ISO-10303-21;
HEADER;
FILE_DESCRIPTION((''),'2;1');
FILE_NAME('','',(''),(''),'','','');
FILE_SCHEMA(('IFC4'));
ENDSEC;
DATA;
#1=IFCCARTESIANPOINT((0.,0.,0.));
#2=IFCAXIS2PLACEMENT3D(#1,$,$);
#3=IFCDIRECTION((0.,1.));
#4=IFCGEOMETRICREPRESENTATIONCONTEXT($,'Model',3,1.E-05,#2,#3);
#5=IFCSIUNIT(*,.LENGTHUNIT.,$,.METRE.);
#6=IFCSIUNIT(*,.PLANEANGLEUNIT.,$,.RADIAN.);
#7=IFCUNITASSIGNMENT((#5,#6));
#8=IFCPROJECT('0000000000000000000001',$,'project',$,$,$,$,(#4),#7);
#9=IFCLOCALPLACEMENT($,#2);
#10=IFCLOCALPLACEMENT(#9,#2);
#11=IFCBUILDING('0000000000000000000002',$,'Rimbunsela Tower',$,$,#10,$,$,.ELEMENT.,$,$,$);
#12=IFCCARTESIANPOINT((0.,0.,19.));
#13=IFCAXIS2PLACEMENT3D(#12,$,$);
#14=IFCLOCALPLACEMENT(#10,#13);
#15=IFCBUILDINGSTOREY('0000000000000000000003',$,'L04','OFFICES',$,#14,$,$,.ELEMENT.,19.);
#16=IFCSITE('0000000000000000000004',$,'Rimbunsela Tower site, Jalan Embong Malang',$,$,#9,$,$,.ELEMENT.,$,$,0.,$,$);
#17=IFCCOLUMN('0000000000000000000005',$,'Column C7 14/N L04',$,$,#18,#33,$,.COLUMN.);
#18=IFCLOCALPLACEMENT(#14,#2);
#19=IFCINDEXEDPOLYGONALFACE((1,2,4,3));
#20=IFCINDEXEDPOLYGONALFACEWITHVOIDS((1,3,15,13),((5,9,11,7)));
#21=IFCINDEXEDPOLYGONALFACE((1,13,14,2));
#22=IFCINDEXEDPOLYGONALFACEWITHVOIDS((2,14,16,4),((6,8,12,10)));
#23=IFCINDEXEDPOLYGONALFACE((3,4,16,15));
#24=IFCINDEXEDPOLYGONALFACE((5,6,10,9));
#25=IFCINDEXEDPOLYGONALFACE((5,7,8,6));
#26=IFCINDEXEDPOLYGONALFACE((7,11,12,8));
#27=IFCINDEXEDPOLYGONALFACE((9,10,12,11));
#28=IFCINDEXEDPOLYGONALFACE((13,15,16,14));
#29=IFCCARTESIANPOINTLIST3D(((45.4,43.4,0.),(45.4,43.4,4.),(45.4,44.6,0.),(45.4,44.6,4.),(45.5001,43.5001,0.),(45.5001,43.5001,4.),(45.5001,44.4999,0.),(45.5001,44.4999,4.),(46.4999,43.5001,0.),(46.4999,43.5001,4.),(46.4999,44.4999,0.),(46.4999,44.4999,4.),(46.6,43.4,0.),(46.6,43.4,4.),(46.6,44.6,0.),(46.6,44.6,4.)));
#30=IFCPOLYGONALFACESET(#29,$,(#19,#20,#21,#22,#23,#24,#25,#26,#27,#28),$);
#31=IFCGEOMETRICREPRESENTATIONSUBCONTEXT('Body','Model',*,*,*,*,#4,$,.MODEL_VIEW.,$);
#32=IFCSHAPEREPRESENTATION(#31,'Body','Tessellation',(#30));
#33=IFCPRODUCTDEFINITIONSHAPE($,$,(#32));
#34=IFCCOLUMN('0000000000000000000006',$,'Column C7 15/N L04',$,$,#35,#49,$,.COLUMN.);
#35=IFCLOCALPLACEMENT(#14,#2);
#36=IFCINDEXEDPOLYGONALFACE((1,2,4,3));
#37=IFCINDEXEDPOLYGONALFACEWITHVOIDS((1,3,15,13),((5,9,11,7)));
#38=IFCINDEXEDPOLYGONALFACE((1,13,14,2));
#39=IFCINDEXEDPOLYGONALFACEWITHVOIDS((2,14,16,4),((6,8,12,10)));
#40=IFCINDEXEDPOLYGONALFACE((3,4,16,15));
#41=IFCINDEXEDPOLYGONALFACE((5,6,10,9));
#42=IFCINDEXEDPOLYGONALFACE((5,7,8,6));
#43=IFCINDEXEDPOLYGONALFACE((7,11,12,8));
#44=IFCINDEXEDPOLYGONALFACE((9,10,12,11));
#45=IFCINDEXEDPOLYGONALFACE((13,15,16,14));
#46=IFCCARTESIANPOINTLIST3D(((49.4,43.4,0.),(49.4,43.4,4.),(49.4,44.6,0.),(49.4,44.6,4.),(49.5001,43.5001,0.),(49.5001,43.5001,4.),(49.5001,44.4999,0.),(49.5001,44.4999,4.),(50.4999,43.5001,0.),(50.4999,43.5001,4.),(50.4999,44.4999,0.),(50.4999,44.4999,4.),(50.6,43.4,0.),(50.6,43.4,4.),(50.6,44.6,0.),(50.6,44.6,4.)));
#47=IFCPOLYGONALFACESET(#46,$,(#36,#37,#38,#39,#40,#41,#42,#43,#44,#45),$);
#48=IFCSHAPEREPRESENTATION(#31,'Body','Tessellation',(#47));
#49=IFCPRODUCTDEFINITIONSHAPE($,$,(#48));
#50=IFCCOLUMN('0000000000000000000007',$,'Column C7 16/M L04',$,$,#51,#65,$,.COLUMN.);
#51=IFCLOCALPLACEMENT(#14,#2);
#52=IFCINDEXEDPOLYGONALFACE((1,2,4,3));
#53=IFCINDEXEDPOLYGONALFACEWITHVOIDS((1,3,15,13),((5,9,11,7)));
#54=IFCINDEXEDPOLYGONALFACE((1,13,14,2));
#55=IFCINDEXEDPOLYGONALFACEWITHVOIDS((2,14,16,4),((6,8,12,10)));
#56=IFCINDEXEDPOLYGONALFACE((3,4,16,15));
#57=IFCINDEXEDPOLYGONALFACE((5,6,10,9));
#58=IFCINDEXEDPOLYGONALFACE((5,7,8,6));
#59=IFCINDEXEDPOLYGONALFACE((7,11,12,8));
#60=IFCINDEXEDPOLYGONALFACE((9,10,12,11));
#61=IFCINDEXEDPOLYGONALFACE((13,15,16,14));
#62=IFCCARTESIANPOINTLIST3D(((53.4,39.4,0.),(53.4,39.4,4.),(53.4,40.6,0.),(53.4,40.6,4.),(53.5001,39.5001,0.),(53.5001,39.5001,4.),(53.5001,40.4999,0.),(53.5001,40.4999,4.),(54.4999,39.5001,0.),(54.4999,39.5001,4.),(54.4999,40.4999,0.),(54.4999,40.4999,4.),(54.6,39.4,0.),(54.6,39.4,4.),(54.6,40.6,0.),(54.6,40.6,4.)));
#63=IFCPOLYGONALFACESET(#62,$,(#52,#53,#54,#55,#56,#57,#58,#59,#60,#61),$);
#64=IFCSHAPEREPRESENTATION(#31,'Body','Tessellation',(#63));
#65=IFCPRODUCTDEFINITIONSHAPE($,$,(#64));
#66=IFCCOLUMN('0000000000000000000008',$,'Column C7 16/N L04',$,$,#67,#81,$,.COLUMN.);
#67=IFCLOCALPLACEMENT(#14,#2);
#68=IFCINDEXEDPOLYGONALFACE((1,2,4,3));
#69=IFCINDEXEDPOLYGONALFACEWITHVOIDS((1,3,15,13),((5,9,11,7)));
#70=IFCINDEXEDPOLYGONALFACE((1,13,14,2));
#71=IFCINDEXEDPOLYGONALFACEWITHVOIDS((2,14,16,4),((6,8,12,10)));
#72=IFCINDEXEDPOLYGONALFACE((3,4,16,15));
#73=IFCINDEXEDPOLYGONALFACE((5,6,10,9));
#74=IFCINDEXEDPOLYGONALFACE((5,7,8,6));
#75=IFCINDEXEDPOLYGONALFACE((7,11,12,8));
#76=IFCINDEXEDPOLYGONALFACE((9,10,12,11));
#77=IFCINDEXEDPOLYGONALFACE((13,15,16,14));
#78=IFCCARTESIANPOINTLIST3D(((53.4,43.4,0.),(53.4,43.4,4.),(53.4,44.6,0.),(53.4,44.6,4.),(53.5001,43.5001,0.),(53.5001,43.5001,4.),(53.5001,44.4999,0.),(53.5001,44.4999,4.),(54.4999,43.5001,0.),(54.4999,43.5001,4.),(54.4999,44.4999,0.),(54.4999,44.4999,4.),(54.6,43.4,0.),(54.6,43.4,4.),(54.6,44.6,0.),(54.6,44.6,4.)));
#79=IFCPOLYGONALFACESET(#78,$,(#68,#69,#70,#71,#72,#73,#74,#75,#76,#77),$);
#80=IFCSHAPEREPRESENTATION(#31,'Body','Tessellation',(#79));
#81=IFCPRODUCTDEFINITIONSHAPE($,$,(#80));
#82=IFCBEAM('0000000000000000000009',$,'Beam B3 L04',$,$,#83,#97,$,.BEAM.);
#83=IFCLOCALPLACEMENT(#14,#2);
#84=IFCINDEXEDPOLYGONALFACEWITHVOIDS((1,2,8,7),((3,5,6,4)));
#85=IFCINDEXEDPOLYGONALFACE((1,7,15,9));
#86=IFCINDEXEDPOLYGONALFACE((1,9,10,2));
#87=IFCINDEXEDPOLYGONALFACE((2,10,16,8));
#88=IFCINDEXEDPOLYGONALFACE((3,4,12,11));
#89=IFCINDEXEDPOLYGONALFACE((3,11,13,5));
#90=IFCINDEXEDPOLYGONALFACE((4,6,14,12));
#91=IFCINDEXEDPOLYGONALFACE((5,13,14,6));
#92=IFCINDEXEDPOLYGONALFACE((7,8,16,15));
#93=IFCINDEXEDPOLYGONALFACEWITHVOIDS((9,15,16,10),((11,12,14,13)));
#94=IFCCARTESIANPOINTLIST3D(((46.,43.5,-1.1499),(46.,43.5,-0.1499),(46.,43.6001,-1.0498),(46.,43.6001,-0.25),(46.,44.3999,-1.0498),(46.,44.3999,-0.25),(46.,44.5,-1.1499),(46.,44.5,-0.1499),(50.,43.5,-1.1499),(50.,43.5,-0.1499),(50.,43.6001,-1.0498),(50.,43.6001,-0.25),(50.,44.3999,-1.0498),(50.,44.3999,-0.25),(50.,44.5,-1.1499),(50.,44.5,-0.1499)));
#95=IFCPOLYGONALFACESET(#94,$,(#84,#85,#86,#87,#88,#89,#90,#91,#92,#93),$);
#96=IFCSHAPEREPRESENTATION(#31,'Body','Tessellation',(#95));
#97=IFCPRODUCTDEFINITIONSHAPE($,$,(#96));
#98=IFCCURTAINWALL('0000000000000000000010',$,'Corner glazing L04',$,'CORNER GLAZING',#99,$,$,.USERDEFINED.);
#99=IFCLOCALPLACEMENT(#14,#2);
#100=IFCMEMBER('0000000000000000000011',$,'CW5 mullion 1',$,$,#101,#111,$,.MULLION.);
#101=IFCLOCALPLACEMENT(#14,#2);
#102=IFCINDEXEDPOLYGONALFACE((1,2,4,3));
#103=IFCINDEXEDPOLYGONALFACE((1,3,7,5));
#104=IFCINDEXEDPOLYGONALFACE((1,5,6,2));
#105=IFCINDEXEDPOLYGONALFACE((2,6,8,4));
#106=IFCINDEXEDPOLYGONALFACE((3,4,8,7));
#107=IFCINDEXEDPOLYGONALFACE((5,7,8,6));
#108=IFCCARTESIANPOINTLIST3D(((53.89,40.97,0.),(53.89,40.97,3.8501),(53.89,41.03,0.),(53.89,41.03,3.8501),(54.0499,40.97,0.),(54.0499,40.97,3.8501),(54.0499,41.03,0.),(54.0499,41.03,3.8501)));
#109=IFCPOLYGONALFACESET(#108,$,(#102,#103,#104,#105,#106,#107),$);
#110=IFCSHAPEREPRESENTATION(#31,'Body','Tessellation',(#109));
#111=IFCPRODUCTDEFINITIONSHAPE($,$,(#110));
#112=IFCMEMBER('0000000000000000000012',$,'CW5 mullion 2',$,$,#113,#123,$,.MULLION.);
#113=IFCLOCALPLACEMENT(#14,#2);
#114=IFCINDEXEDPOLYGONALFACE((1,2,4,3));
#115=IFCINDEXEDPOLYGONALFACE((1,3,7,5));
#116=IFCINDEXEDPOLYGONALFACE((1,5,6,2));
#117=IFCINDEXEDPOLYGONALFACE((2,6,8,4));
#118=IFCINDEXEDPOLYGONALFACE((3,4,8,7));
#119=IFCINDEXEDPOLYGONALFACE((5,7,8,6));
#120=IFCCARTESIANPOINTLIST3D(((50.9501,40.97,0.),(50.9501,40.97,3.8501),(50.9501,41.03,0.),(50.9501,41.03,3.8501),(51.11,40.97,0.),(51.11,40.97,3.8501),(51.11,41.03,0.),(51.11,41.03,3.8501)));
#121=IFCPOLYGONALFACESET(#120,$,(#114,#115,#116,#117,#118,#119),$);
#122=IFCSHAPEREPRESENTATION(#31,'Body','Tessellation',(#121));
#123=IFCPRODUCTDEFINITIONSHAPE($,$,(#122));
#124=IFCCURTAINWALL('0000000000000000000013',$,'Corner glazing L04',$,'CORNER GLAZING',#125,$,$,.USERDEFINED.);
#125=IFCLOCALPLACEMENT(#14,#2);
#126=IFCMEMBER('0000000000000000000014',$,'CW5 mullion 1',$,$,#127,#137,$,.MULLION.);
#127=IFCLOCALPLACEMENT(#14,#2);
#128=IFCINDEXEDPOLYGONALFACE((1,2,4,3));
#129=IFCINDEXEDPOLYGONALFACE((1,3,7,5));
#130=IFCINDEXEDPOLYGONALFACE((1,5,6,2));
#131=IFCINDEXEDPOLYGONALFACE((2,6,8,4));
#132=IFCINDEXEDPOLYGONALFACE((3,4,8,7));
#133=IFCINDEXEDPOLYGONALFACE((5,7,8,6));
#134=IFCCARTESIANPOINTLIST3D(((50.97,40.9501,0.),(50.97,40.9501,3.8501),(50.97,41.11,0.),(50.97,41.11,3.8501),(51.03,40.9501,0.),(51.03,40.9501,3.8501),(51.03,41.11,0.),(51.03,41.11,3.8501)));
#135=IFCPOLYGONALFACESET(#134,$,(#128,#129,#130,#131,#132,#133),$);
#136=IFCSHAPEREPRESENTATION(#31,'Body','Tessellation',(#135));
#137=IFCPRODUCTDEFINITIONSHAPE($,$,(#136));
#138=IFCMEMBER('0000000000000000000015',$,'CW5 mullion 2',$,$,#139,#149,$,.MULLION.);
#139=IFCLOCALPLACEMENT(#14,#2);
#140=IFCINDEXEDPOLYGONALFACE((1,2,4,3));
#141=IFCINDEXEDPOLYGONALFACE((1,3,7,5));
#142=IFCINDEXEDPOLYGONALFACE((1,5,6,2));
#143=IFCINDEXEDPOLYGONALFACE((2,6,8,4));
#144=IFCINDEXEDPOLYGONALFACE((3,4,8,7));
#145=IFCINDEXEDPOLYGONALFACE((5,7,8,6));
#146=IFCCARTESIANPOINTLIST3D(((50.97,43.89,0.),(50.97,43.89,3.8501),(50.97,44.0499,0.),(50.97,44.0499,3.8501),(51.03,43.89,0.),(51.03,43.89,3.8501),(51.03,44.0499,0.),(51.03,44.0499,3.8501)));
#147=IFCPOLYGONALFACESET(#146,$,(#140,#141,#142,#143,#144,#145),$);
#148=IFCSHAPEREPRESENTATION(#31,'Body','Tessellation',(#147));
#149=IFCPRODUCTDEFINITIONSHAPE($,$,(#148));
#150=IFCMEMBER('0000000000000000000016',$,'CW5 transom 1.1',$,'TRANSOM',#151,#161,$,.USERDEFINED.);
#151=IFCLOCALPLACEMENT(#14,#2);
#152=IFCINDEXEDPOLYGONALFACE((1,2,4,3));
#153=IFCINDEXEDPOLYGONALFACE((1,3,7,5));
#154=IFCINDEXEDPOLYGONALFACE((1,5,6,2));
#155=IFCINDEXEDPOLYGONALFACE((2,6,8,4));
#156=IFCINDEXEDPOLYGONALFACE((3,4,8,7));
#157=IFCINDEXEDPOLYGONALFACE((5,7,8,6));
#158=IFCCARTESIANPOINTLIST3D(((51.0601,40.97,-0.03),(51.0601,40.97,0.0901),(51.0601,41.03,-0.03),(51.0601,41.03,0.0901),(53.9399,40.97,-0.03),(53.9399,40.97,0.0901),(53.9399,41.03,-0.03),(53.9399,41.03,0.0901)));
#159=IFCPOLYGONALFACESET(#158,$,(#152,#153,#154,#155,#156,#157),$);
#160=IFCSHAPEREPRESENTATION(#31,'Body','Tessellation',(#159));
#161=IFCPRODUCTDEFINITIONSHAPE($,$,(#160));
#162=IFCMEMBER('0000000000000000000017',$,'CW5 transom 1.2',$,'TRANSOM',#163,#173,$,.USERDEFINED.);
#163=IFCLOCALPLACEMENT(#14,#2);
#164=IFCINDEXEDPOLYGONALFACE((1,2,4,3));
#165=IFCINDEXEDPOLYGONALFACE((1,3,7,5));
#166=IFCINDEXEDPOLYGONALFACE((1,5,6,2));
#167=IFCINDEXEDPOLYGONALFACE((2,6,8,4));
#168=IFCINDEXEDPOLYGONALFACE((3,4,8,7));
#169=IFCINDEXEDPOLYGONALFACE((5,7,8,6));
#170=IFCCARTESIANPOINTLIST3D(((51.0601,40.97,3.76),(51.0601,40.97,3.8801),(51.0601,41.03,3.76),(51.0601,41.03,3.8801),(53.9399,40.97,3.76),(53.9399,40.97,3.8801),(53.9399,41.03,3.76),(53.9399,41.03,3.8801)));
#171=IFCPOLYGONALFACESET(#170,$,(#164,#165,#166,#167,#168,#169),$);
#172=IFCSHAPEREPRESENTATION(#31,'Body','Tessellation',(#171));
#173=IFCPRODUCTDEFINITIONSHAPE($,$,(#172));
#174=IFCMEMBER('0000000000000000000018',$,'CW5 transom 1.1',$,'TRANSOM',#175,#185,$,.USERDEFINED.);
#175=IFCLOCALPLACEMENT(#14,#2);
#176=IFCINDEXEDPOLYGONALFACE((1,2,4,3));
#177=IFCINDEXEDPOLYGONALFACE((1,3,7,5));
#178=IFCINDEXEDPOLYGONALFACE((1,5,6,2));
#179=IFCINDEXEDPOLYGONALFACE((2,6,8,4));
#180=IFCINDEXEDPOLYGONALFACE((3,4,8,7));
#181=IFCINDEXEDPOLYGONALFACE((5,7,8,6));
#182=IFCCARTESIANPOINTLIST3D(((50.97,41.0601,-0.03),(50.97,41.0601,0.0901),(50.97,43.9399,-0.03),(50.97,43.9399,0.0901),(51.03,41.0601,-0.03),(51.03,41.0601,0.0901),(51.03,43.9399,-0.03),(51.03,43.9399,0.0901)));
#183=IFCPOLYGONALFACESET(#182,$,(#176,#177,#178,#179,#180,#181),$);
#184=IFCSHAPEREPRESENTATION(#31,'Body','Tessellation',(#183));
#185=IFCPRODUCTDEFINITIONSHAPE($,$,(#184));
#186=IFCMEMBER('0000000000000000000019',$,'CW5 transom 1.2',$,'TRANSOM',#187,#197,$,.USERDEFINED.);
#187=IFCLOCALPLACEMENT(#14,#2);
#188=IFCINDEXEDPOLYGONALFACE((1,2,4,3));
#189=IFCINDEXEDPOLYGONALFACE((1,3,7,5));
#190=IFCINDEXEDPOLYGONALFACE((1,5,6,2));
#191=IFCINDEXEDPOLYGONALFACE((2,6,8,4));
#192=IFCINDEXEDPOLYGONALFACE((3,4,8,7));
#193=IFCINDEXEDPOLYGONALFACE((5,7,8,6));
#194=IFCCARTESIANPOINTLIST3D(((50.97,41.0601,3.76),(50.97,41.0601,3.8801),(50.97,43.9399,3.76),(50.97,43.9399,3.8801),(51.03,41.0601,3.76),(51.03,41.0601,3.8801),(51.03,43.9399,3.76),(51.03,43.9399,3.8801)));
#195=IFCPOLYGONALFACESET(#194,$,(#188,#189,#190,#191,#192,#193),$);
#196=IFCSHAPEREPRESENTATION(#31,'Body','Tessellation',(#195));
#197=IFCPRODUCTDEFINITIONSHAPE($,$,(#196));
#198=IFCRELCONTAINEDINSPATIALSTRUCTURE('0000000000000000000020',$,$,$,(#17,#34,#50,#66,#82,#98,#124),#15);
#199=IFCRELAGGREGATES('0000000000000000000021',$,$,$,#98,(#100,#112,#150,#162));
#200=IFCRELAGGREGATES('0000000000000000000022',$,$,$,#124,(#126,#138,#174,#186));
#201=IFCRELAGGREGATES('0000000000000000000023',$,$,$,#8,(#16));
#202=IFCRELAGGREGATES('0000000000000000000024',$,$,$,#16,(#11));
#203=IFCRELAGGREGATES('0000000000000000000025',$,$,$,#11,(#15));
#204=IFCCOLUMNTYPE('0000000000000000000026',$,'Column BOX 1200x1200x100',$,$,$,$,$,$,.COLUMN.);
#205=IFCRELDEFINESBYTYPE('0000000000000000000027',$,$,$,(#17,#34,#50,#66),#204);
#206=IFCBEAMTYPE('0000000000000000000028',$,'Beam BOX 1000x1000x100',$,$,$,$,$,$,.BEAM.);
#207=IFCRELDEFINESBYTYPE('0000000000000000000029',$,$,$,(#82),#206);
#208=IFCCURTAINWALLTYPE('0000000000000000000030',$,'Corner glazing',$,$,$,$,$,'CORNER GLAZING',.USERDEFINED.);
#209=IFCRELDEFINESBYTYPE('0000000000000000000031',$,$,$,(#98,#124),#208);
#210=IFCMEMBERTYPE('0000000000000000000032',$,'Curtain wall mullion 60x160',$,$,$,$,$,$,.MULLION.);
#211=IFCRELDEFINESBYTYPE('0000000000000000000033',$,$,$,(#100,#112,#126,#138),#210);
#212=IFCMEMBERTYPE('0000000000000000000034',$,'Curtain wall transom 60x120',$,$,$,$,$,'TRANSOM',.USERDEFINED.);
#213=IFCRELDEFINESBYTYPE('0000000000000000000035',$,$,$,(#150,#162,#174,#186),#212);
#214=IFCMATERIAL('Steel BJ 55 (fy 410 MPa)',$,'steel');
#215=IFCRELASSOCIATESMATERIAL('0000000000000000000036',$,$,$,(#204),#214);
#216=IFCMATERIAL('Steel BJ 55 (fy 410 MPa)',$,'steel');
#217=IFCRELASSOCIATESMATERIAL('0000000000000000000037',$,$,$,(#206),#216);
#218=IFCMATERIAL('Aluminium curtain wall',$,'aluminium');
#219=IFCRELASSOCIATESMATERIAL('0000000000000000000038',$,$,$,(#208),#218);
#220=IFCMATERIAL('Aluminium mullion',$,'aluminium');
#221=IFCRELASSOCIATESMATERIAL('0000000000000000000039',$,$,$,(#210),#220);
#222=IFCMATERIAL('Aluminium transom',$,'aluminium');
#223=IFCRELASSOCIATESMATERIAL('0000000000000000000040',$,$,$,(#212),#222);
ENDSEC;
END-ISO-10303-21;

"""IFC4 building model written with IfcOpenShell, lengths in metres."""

from ifc_helpers import new_model, si_unit, direction, frame, origin, origin_2d, place, context, subcontext, project, spatial, rectangle, hollow_rectangle, extrude, material, material_profile, profile_set, type_object, element, aggregate, save


model = new_model("IFC4")

# Units and contexts
model_context = context("Model", 3, precision=1e-05, world=origin(), true_north=direction((0.0, 1.0)))
body_context = subcontext(model_context, "Body", "Model", "MODEL_VIEW")
ifc_project = project(units=[si_unit("LENGTHUNIT", "METRE"), si_unit("PLANEANGLEUNIT", "RADIAN")], contexts=[model_context])

# Site, building, storey
site_placement = place(None, origin())
site = spatial("IfcSite", under=ifc_project, at=site_placement, Name="Rimbunsela Tower site, Jalan Embong Malang", CompositionType="ELEMENT", RefElevation=0.0)
building_placement = place(site_placement, origin())
building = spatial("IfcBuilding", under=site, at=building_placement, Name="Rimbunsela Tower", CompositionType="ELEMENT")
storey_placement = place(building_placement, frame((0.0, 0.0, 19.0)))
storey = spatial("IfcBuildingStorey", under=building, at=storey_placement, Name="L04", Description="OFFICES", CompositionType="ELEMENT", Elevation=19.0)

# Columns
ifc_material_1 = material(Name="Steel BJ 55 (fy 410 MPa)", Category="steel")
ifc_material_profile_1 = material_profile(ifc_material_1, hollow_rectangle(XDim=1.2, YDim=1.2, WallThickness=0.1001, at=origin_2d()), Name="BOX 1200x1200x100")
ifc_profile_set_1 = profile_set([ifc_material_profile_1], Name="Steel BJ 55 (fy 410 MPa)")
column_type = type_object("IfcColumnType", Name="Column BOX 1200x1200x100", PredefinedType="COLUMN", material=ifc_profile_set_1)
for number, where, z_axis, x_axis, name in (
    (1, (46.0, 44.0, 0.0), (0.0, 0.0, 1.0), (1.0, 0.0, 0.0), "Column C7 14/N L04"),
    (2, (50.0, 44.0, 0.0), (0.0, 0.0, 1.0), (1.0, 0.0, 0.0), "Column C7 15/N L04"),
    (3, (54.0, 40.0, 0.0), (0.0, 0.0, 1.0), (1.0, 0.0, 0.0), "Column C7 16/M L04"),
    (4, (54.0, 44.0, 0.0), (0.0, 0.0, 1.0), (1.0, 0.0, 0.0), "Column C7 16/N L04"),
):
    element("IfcColumn", number, at=place(storey_placement, frame(where, z_axis=z_axis, x_axis=x_axis)), inside=storey, type_object=column_type, Name=name, PredefinedType="COLUMN", context=body_context, shape_type="SweptSolid", body=[
        extrude(hollow_rectangle(XDim=1.2, YDim=1.2, WallThickness=0.1001, at=origin_2d()), origin(), (0.0, 0.0, 1.0), 4.0),
    ])

# Beam
ifc_material_2 = material(Name="Steel BJ 55 (fy 410 MPa)", Category="steel")
ifc_material_profile_2 = material_profile(ifc_material_2, hollow_rectangle(XDim=1.0, YDim=1.0, WallThickness=0.1001, at=origin_2d()), Name="BOX 1000x1000x100")
ifc_profile_set_2 = profile_set([ifc_material_profile_2], Name="Steel BJ 55 (fy 410 MPa)")
beam_type = type_object("IfcBeamType", Name="Beam BOX 1000x1000x100", PredefinedType="BEAM", material=ifc_profile_set_2)
beam_placement = place(storey_placement, frame((46.0, 44.0, -0.6499), z_axis=(1.0, 0.0, 0.0), x_axis=(0.0, 1.0, 0.0)))
element("IfcBeam", 5, at=beam_placement, inside=storey, type_object=beam_type, Name="Beam B3 L04", PredefinedType="BEAM", context=body_context, shape_type="SweptSolid", body=[
    extrude(hollow_rectangle(XDim=1.0, YDim=1.0, WallThickness=0.1001, at=origin_2d()), origin(), (0.0, 0.0, 1.0), 4.0),
])

# Curtain walls, members
ifc_material_3 = material(Name="Aluminium curtain wall", Category="aluminium")
curtain_wall_type = type_object("IfcCurtainWallType", Name="Corner glazing", ElementType="CORNER GLAZING", PredefinedType="USERDEFINED", material=ifc_material_3)
curtain_wall_1_placement = place(storey_placement, origin())
curtain_wall_1 = element("IfcCurtainWall", 6, at=curtain_wall_1_placement, inside=storey, type_object=curtain_wall_type, Name="Corner glazing L04", ObjectType="CORNER GLAZING", PredefinedType="USERDEFINED")
ifc_material_4 = material(Name="Aluminium mullion", Category="aluminium")
ifc_material_profile_3 = material_profile(ifc_material_4, rectangle(XDim=0.0601, YDim=0.1599, at=origin_2d()), Name="Mullion 60x160")
ifc_profile_set_3 = profile_set([ifc_material_profile_3], Name="Aluminium mullion")
member_type_1 = type_object("IfcMemberType", Name="Curtain wall mullion 60x160", PredefinedType="MULLION", material=ifc_profile_set_3)
member_1_placement = place(storey_placement, frame((53.97, 41.0, 0.0), z_axis=(0.0, 0.0, 1.0), x_axis=(0.0, -1.0, 0.0)))
member_1 = element("IfcMember", 7, at=member_1_placement, type_object=member_type_1, Name="CW5 mullion 1", PredefinedType="MULLION", context=body_context, shape_type="SweptSolid", body=[
    extrude(rectangle(XDim=0.0601, YDim=0.1599, at=origin_2d()), origin(), (0.0, 0.0, 1.0), 3.8501),
])
member_2_placement = place(storey_placement, frame((51.03, 41.0, 0.0), z_axis=(0.0, 0.0, 1.0), x_axis=(0.0, -1.0, 0.0)))
member_2 = element("IfcMember", 8, at=member_2_placement, type_object=member_type_1, Name="CW5 mullion 2", PredefinedType="MULLION", context=body_context, shape_type="SweptSolid", body=[
    extrude(rectangle(XDim=0.0601, YDim=0.1599, at=origin_2d()), origin(), (0.0, 0.0, 1.0), 3.8501),
])
curtain_wall_2_placement = place(storey_placement, origin())
curtain_wall_2 = element("IfcCurtainWall", 9, at=curtain_wall_2_placement, inside=storey, type_object=curtain_wall_type, Name="Corner glazing L04", ObjectType="CORNER GLAZING", PredefinedType="USERDEFINED")
member_3_placement = place(storey_placement, frame((51.0, 41.03, 0.0), z_axis=(0.0, 0.0, 1.0), x_axis=(-1.0, 0.0, 0.0)))
member_3 = element("IfcMember", 10, at=member_3_placement, type_object=member_type_1, Name="CW5 mullion 1", PredefinedType="MULLION", context=body_context, shape_type="SweptSolid", body=[
    extrude(rectangle(XDim=0.0601, YDim=0.1599, at=origin_2d()), origin(), (0.0, 0.0, 1.0), 3.8501),
])
member_4_placement = place(storey_placement, frame((51.0, 43.97, 0.0), z_axis=(0.0, 0.0, 1.0), x_axis=(-1.0, 0.0, 0.0)))
member_4 = element("IfcMember", 11, at=member_4_placement, type_object=member_type_1, Name="CW5 mullion 2", PredefinedType="MULLION", context=body_context, shape_type="SweptSolid", body=[
    extrude(rectangle(XDim=0.0601, YDim=0.1599, at=origin_2d()), origin(), (0.0, 0.0, 1.0), 3.8501),
])

# Members
ifc_material_5 = material(Name="Aluminium transom", Category="aluminium")
ifc_material_profile_4 = material_profile(ifc_material_5, rectangle(XDim=0.0601, YDim=0.1201, at=origin_2d()), Name="Transom 60x120")
ifc_profile_set_4 = profile_set([ifc_material_profile_4], Name="Aluminium transom")
member_type_2 = type_object("IfcMemberType", Name="Curtain wall transom 60x120", ElementType="TRANSOM", PredefinedType="USERDEFINED", material=ifc_profile_set_4)
member_5_placement = place(storey_placement, frame((53.9399, 41.0, 0.03), z_axis=(-1.0, 0.0, 0.0), x_axis=(0.0, -1.0, 0.0)))
member_5 = element("IfcMember", 12, at=member_5_placement, type_object=member_type_2, Name="CW5 transom 1.1", ObjectType="TRANSOM", PredefinedType="USERDEFINED", context=body_context, shape_type="SweptSolid", body=[
    extrude(rectangle(XDim=0.0601, YDim=0.1201, at=origin_2d()), origin(), (0.0, 0.0, 1.0), 2.8799),
])
member_6_placement = place(storey_placement, frame((53.9399, 41.0, 3.8201), z_axis=(-1.0, 0.0, 0.0), x_axis=(0.0, -1.0, 0.0)))
member_6 = element("IfcMember", 13, at=member_6_placement, type_object=member_type_2, Name="CW5 transom 1.2", ObjectType="TRANSOM", PredefinedType="USERDEFINED", context=body_context, shape_type="SweptSolid", body=[
    extrude(rectangle(XDim=0.0601, YDim=0.1201, at=origin_2d()), origin(), (0.0, 0.0, 1.0), 2.8799),
])
member_7_placement = place(storey_placement, frame((51.0, 41.0601, 0.03), z_axis=(0.0, 1.0, 0.0), x_axis=(-1.0, 0.0, 0.0)))
member_7 = element("IfcMember", 14, at=member_7_placement, type_object=member_type_2, Name="CW5 transom 1.1", ObjectType="TRANSOM", PredefinedType="USERDEFINED", context=body_context, shape_type="SweptSolid", body=[
    extrude(rectangle(XDim=0.0601, YDim=0.1201, at=origin_2d()), origin(), (0.0, 0.0, 1.0), 2.8799),
])
member_8_placement = place(storey_placement, frame((51.0, 41.0601, 3.8201), z_axis=(0.0, 1.0, 0.0), x_axis=(-1.0, 0.0, 0.0)))
member_8 = element("IfcMember", 15, at=member_8_placement, type_object=member_type_2, Name="CW5 transom 1.2", ObjectType="TRANSOM", PredefinedType="USERDEFINED", context=body_context, shape_type="SweptSolid", body=[
    extrude(rectangle(XDim=0.0601, YDim=0.1201, at=origin_2d()), origin(), (0.0, 0.0, 1.0), 2.8799),
])

aggregate(curtain_wall_1, [member_1, member_2, member_5, member_6])
aggregate(curtain_wall_2, [member_3, member_4, member_7, member_8])

save(model, "model.ifc")
